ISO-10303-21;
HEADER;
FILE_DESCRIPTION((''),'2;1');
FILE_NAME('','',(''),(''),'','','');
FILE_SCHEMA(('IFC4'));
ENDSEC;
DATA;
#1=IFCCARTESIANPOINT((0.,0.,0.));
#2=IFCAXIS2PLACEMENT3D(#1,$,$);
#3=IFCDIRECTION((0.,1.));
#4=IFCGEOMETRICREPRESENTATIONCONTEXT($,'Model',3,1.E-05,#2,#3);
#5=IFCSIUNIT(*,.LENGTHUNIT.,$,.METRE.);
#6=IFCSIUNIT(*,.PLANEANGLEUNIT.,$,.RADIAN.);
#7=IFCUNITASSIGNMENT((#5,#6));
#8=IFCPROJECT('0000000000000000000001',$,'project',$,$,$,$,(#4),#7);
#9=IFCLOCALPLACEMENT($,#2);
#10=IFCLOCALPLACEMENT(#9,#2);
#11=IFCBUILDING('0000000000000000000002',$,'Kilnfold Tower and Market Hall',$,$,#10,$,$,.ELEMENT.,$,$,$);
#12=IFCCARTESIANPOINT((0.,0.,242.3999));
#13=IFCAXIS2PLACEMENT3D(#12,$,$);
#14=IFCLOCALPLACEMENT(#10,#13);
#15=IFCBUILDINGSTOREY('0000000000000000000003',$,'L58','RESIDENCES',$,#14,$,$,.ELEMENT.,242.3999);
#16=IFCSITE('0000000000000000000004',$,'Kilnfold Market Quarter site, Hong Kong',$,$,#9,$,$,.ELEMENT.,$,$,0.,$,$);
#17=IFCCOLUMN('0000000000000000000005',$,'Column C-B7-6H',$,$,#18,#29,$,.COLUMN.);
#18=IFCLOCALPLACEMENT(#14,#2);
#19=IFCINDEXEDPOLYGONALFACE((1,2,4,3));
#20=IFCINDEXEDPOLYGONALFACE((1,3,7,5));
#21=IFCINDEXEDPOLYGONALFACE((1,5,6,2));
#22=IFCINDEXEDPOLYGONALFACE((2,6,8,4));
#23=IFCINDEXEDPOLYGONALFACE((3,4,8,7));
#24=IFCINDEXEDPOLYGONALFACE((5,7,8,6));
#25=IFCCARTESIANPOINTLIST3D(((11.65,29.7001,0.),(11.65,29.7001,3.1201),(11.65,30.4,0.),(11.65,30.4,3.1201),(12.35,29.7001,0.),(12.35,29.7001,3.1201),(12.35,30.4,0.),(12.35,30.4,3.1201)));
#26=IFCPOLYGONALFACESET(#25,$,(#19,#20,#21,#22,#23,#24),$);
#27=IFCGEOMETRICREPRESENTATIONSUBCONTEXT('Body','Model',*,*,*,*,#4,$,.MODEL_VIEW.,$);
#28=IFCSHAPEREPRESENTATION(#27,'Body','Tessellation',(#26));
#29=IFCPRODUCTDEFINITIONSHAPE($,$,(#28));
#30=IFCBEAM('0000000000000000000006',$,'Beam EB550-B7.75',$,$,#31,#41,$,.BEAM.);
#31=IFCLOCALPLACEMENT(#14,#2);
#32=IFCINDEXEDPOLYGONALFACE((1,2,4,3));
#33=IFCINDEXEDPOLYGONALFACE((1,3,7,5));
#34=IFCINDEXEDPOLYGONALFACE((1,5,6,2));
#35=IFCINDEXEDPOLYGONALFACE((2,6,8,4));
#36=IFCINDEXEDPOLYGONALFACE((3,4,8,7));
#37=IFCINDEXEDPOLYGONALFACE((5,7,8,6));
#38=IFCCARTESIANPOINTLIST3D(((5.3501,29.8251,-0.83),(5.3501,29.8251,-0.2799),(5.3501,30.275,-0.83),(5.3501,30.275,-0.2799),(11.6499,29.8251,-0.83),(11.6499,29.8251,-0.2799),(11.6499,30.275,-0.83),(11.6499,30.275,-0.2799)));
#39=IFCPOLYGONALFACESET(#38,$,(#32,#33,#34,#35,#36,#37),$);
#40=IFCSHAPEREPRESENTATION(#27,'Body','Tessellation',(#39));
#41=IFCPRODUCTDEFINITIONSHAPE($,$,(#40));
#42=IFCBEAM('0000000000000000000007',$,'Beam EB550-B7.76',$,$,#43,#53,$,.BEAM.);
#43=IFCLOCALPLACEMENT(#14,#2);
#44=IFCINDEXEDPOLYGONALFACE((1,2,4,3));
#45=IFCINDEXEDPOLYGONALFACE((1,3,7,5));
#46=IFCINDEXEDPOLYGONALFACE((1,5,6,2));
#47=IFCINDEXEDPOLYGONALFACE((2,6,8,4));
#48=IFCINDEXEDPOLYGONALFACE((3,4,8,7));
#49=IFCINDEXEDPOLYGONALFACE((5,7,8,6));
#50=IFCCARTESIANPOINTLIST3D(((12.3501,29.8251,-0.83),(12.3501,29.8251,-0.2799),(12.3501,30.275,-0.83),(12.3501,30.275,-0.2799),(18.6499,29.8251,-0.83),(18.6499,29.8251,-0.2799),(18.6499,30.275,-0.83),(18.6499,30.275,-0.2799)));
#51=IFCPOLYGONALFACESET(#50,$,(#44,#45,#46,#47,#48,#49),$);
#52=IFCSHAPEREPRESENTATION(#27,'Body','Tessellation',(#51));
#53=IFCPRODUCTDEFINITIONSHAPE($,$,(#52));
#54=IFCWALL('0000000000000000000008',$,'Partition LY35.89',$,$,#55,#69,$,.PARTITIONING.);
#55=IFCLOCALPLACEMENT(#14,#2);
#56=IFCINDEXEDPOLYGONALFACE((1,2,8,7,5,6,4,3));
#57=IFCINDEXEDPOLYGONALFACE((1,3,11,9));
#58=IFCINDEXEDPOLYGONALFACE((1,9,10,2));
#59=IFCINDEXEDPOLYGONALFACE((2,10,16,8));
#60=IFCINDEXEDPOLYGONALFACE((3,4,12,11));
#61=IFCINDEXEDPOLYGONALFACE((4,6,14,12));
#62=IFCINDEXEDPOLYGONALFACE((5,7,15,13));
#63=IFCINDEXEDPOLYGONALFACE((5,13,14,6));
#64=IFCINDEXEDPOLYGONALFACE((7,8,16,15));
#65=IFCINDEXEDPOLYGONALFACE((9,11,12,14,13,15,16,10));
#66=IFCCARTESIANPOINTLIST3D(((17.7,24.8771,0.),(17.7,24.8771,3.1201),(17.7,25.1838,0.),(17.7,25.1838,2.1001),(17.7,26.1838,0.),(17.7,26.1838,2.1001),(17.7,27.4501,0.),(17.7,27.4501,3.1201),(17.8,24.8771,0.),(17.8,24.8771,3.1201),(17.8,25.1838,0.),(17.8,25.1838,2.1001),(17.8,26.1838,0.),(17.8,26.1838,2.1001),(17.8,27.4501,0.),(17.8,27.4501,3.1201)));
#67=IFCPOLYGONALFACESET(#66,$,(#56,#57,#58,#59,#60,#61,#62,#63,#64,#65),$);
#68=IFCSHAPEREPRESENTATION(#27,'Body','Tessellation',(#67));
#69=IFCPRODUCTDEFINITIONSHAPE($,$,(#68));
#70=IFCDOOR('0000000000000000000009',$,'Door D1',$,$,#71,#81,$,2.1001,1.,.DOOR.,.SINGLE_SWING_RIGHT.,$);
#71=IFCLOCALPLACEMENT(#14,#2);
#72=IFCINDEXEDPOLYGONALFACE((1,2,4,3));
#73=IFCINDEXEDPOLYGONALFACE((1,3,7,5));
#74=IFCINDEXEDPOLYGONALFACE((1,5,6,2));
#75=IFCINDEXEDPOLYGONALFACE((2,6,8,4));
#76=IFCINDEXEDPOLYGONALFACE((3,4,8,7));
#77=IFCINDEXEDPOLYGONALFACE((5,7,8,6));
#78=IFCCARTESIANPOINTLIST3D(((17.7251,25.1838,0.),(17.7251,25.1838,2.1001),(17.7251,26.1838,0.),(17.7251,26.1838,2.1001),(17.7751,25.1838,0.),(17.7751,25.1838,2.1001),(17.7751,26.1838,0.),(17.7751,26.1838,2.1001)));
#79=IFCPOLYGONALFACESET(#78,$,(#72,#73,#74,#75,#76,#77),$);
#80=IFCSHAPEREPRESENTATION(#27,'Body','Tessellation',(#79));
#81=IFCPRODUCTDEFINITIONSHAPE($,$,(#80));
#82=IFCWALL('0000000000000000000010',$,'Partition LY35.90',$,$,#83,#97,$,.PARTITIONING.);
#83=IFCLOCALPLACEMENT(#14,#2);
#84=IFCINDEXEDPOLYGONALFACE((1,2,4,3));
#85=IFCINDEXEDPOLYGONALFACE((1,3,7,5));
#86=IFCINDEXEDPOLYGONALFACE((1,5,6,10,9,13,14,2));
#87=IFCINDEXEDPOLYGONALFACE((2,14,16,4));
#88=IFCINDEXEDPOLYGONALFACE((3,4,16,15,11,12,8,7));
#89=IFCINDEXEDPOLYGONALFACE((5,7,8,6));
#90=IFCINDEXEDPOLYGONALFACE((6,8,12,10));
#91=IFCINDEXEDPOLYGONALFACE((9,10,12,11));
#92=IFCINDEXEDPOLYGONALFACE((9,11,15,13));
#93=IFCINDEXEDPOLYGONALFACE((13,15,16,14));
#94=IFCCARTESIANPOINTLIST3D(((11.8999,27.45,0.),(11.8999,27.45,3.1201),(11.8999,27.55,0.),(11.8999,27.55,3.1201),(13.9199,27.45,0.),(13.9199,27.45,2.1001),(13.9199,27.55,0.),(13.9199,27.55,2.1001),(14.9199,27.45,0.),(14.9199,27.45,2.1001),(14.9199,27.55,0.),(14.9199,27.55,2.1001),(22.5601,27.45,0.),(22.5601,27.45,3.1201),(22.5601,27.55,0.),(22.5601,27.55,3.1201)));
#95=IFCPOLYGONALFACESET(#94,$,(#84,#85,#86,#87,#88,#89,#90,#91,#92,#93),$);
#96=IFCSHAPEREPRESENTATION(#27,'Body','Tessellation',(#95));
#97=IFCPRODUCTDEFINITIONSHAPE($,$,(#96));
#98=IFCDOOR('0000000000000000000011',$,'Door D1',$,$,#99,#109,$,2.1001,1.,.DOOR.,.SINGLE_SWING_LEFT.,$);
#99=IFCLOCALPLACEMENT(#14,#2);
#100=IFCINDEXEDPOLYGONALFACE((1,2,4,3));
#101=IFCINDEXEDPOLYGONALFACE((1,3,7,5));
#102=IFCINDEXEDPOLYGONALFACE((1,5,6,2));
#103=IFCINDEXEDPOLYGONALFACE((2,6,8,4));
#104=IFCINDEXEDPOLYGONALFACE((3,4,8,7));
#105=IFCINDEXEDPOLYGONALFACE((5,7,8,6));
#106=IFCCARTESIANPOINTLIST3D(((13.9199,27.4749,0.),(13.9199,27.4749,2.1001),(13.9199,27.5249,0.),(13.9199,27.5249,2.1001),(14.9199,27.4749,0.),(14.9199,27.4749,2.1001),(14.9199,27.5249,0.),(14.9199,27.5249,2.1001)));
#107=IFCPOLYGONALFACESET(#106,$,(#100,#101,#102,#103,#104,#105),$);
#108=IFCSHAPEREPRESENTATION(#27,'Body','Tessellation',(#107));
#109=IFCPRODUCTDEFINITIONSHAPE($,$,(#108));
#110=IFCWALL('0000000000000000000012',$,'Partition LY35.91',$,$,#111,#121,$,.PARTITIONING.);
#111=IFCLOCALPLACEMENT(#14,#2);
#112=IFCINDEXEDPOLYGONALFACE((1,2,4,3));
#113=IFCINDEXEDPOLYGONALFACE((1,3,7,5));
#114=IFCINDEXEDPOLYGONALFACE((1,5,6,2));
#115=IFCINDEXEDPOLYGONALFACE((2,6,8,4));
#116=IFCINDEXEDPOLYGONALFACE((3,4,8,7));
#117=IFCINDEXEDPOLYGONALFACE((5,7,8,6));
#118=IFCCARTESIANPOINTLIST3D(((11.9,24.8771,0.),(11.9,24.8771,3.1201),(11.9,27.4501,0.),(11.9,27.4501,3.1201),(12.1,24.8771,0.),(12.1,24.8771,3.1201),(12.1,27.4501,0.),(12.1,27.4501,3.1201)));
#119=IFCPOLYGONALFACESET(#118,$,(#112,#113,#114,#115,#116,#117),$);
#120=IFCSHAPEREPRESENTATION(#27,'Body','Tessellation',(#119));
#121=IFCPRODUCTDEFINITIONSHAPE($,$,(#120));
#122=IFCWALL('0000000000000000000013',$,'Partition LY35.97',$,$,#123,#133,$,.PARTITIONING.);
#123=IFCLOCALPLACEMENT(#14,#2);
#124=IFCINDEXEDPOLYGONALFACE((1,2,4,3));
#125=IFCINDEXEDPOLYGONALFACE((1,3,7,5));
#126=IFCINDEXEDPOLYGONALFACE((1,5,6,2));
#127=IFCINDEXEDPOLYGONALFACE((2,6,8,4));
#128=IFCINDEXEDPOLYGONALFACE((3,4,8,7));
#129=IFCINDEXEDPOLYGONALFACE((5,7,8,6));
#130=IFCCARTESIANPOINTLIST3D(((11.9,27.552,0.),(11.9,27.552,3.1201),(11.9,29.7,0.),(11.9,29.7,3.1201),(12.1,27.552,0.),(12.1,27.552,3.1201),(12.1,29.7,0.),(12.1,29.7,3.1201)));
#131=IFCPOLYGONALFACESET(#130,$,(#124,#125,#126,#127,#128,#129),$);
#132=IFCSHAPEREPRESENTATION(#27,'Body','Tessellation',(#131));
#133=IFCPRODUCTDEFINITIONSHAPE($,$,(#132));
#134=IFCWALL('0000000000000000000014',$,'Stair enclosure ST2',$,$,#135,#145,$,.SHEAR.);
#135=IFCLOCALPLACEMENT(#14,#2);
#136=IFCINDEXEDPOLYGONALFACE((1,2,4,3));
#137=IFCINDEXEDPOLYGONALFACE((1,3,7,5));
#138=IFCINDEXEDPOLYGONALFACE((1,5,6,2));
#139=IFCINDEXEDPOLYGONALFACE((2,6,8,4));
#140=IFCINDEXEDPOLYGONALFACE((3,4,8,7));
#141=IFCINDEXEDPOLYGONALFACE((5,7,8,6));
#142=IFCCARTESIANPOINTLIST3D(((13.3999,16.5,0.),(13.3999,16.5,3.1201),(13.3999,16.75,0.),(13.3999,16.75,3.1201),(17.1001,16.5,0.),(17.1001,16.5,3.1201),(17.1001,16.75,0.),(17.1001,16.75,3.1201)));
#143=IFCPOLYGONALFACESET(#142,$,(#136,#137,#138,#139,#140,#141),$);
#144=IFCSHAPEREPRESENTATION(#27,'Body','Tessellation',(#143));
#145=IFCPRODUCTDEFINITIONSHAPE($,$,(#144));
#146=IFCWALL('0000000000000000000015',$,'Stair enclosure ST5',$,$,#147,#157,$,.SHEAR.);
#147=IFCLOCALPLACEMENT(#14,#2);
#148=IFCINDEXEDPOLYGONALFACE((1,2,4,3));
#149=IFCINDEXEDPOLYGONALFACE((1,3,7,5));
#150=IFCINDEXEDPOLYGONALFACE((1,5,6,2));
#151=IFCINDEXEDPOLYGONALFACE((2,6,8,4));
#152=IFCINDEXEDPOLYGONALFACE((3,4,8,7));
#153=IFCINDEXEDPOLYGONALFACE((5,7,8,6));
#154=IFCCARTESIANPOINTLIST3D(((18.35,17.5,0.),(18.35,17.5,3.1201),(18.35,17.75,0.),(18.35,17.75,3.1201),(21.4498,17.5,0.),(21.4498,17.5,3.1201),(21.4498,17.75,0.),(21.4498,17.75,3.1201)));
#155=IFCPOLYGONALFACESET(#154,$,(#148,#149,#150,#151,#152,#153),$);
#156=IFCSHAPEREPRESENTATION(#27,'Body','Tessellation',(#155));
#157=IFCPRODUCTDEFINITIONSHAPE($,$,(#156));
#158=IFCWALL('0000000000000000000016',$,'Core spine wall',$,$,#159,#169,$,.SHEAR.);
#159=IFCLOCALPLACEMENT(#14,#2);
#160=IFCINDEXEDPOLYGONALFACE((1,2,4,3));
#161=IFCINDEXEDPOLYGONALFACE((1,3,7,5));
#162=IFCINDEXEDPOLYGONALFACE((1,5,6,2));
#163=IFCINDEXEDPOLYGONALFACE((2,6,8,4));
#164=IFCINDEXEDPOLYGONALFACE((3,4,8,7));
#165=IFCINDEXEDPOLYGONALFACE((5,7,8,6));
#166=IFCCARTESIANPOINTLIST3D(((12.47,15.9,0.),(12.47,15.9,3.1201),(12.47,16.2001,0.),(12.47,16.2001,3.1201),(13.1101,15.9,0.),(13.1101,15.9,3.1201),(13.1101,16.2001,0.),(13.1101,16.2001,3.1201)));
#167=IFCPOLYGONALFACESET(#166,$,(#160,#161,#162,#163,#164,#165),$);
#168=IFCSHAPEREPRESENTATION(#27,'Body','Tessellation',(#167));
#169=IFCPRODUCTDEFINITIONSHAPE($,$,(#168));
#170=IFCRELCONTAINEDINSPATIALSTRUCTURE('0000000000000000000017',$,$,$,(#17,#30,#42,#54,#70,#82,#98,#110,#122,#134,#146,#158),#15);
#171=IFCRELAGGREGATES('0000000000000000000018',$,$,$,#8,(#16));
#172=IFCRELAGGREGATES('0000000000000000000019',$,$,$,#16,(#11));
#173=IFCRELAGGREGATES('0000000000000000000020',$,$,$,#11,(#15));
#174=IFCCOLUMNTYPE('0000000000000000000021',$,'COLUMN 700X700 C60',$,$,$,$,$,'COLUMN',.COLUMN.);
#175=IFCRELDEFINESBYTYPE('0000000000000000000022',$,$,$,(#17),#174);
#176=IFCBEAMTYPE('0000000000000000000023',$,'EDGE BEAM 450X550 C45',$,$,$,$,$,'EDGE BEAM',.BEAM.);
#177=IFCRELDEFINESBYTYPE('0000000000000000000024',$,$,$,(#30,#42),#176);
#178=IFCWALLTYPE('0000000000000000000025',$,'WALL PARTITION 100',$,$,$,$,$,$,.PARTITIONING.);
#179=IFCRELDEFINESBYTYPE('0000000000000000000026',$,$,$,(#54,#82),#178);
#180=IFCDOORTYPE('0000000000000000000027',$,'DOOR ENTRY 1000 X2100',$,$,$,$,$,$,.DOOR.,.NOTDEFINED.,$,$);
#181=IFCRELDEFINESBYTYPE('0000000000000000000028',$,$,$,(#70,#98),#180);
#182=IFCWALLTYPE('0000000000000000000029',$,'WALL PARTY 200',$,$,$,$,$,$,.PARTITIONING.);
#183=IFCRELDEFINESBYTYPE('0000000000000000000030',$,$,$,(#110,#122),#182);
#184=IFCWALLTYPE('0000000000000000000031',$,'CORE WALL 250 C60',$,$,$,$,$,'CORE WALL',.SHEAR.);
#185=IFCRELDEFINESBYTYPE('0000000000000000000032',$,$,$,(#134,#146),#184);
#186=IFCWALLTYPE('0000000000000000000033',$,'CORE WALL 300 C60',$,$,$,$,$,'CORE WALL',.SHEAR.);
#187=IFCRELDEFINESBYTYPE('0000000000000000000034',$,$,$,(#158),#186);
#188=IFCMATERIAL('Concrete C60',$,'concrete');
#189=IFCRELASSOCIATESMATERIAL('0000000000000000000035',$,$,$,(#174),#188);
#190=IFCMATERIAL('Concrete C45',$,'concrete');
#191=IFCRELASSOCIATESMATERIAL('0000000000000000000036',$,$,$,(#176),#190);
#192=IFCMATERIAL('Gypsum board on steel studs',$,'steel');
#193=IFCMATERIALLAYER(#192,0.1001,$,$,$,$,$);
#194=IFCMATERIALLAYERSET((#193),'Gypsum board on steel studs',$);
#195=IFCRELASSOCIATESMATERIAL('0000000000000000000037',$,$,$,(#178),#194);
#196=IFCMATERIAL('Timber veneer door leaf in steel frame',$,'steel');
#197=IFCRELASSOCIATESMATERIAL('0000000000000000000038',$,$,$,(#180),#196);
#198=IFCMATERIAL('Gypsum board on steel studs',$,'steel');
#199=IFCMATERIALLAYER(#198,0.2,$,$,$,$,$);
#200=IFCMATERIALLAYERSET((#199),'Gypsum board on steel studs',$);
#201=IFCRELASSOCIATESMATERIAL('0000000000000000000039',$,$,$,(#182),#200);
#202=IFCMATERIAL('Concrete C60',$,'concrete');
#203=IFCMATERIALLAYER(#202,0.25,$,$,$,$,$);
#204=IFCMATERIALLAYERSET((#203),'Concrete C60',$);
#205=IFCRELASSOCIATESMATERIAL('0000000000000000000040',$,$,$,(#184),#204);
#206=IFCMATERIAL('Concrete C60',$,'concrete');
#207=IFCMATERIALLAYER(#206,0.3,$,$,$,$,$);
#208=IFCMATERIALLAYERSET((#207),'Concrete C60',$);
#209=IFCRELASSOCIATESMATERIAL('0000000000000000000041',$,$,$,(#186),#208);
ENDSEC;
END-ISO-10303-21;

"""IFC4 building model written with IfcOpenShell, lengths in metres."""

from ifc_helpers import new_model, si_unit, direction, frame, frame_2d, origin, origin_2d, place, context, subcontext, project, spatial, rectangle, extrude, source, transform, mapped, material, layer, layer_set, material_profile, profile_set, type_object, element, fill, save


model = new_model("IFC4")

# Units and contexts
model_context = context("Model", 3, precision=1e-05, world=origin(), true_north=direction((0.0, 1.0)))
body_context = subcontext(model_context, "Body", "Model", "MODEL_VIEW")
ifc_project = project(units=[si_unit("LENGTHUNIT", "METRE"), si_unit("PLANEANGLEUNIT", "RADIAN")], contexts=[model_context])

# Site, building, storey
site_placement = place(None, origin())
site = spatial("IfcSite", under=ifc_project, at=site_placement, Name="Kilnfold Market Quarter site, Hong Kong", CompositionType="ELEMENT", RefElevation=0.0)
building_placement = place(site_placement, origin())
building = spatial("IfcBuilding", under=site, at=building_placement, Name="Kilnfold Tower and Market Hall", CompositionType="ELEMENT")
storey_placement = place(building_placement, frame((0.0, 0.0, 242.3999)))
storey = spatial("IfcBuildingStorey", under=building, at=storey_placement, Name="L58", Description="RESIDENCES", CompositionType="ELEMENT", Elevation=242.3999)

# Column
ifc_material_1 = material(Name="Concrete C60", Category="concrete")
ifc_material_profile_1 = material_profile(ifc_material_1, rectangle(XDim=0.7, YDim=0.7, at=origin_2d()), Name="RC 700x700")
ifc_profile_set_1 = profile_set([ifc_material_profile_1], Name="Concrete C60")
column_type = type_object("IfcColumnType", Name="COLUMN 700X700 C60", ElementType="COLUMN", PredefinedType="COLUMN", material=ifc_profile_set_1)
shared_shape_1 = source(origin(), body_context, "Body", "SweptSolid", [
    extrude(rectangle(XDim=0.7, YDim=0.7, at=origin_2d()), origin(), (0.0, 0.0, 1.0), 3.1201),
])
column_placement = place(storey_placement, frame((12.0, 30.05, 0.0), z_axis=(0.0, 0.0, 1.0), x_axis=(1.0, 0.0, 0.0)))
element("IfcColumn", 1, at=column_placement, inside=storey, type_object=column_type, Name="Column C-B7-6H", PredefinedType="COLUMN", context=body_context, shape_type="MappedRepresentation", body=[
    mapped(shared_shape_1, transform((0.0, 0.0, 0.0))),
])

# Beams
ifc_material_2 = material(Name="Concrete C45", Category="concrete")
ifc_material_profile_2 = material_profile(ifc_material_2, rectangle(XDim=0.45, YDim=0.55, at=origin_2d()), Name="RC 450x550")
ifc_profile_set_2 = profile_set([ifc_material_profile_2], Name="Concrete C45")
beam_type = type_object("IfcBeamType", Name="EDGE BEAM 450X550 C45", ElementType="EDGE BEAM", PredefinedType="BEAM", material=ifc_profile_set_2)
shared_shape_2 = source(origin(), body_context, "Body", "SweptSolid", [
    extrude(rectangle(XDim=0.45, YDim=0.55, at=origin_2d()), origin(), (0.0, 0.0, 1.0), 6.2998),
])
for number, where, z_axis, x_axis, name in (
    (2, (5.3501, 30.05, -0.5549), (1.0, 0.0, 0.0), (0.0, 1.0, 0.0), "Beam EB550-B7.75"),
    (3, (12.3501, 30.05, -0.5549), (1.0, 0.0, 0.0), (0.0, 1.0, 0.0), "Beam EB550-B7.76"),
):
    element("IfcBeam", number, at=place(storey_placement, frame(where, z_axis=z_axis, x_axis=x_axis)), inside=storey, type_object=beam_type, Name=name, PredefinedType="BEAM", context=body_context, shape_type="MappedRepresentation", body=[
        mapped(shared_shape_2, transform((0.0, 0.0, 0.0))),
    ])

# Walls, openings, doors
ifc_material_3 = material(Name="Gypsum board on steel studs", Category="steel")
ifc_layer_1 = layer(ifc_material_3, 0.1001)
ifc_layer_set_1 = layer_set([ifc_layer_1], Name="Gypsum board on steel studs")
wall_type_1 = type_object("IfcWallType", Name="WALL PARTITION 100", PredefinedType="PARTITIONING", material=ifc_layer_set_1)
wall_1_placement = place(storey_placement, frame((17.75, 24.877, 0.0), z_axis=(0.0, 0.0, 1.0), x_axis=(0.0, 1.0, 0.0)))
wall_1 = element("IfcWall", 4, at=wall_1_placement, inside=storey, type_object=wall_type_1, Name="Partition LY35.89", PredefinedType="PARTITIONING", context=body_context, shape_type="SweptSolid", body=[
    extrude(rectangle(XDim=2.573, YDim=0.1001, at=frame_2d((1.2866, 0.0))), origin(), (0.0, 0.0, 1.0), 3.1201),
])
opening_1_placement = place(wall_1_placement, frame((0.3069, 0.0, 0.0)))
opening_1 = element("IfcOpeningElement", 5, at=opening_1_placement, cuts=wall_1, PredefinedType="OPENING", context=body_context, shape_type="SweptSolid", body=[
    extrude(rectangle(XDim=1.0, YDim=2.1001, at=frame_2d((0.5, 1.05))), frame((0.0, 0.0601, 0.0), z_axis=(0.0, -1.0, 0.0), x_axis=(1.0, 0.0, 0.0)), (0.0, 0.0, 1.0), 0.1201),
])
ifc_material_4 = material(Name="Timber veneer door leaf in steel frame", Category="steel")
door_type_1 = type_object("IfcDoorType", Name="DOOR ENTRY 1000 X2100", OperationType="NOTDEFINED", PredefinedType="DOOR", material=ifc_material_4)
door_1_placement = place(opening_1_placement, origin())
door_1 = element("IfcDoor", 6, at=door_1_placement, inside=storey, type_object=door_type_1, Name="Door D1", OperationType="SINGLE_SWING_RIGHT", OverallHeight=2.1001, OverallWidth=1.0, PredefinedType="DOOR", context=body_context, shape_type="SweptSolid", body=[
    extrude(rectangle(XDim=1.0, YDim=2.1001, at=frame_2d((0.5, 1.05))), frame((0.0, 0.0249, 0.0), z_axis=(0.0, -1.0, 0.0), x_axis=(1.0, 0.0, 0.0)), (0.0, 0.0, 1.0), 0.05),
])
fill(opening_1, door_1)
wall_2_placement = place(storey_placement, frame((11.8999, 27.5, 0.0), z_axis=(0.0, 0.0, 1.0), x_axis=(1.0, 0.0, 0.0)))
wall_2 = element("IfcWall", 7, at=wall_2_placement, inside=storey, type_object=wall_type_1, Name="Partition LY35.90", PredefinedType="PARTITIONING", context=body_context, shape_type="SweptSolid", body=[
    extrude(rectangle(XDim=10.6602, YDim=0.1001, at=frame_2d((5.3301, 0.0))), origin(), (0.0, 0.0, 1.0), 3.1201),
])
opening_2_placement = place(wall_2_placement, frame((2.02, 0.0, 0.0)))
opening_2 = element("IfcOpeningElement", 8, at=opening_2_placement, cuts=wall_2, PredefinedType="OPENING", context=body_context, shape_type="SweptSolid", body=[
    extrude(rectangle(XDim=1.0, YDim=2.1001, at=frame_2d((0.5, 1.05))), frame((0.0, 0.0601, 0.0), z_axis=(0.0, -1.0, 0.0), x_axis=(1.0, 0.0, 0.0)), (0.0, 0.0, 1.0), 0.1201),
])
door_2_placement = place(opening_2_placement, origin())
door_2 = element("IfcDoor", 9, at=door_2_placement, inside=storey, type_object=door_type_1, Name="Door D1", OperationType="SINGLE_SWING_LEFT", OverallHeight=2.1001, OverallWidth=1.0, PredefinedType="DOOR", context=body_context, shape_type="SweptSolid", body=[
    extrude(rectangle(XDim=1.0, YDim=2.1001, at=frame_2d((0.5, 1.05))), frame((0.0, 0.0249, 0.0), z_axis=(0.0, -1.0, 0.0), x_axis=(1.0, 0.0, 0.0)), (0.0, 0.0, 1.0), 0.05),
])
fill(opening_2, door_2)

# Walls
ifc_material_5 = material(Name="Gypsum board on steel studs", Category="steel")
ifc_layer_2 = layer(ifc_material_5, 0.2)
ifc_layer_set_2 = layer_set([ifc_layer_2], Name="Gypsum board on steel studs")
wall_type_2 = type_object("IfcWallType", Name="WALL PARTY 200", PredefinedType="PARTITIONING", material=ifc_layer_set_2)
wall_3_placement = place(storey_placement, frame((12.0, 24.877, 0.0), z_axis=(0.0, 0.0, 1.0), x_axis=(0.0, 1.0, 0.0)))
element("IfcWall", 10, at=wall_3_placement, inside=storey, type_object=wall_type_2, Name="Partition LY35.91", PredefinedType="PARTITIONING", context=body_context, shape_type="SweptSolid", body=[
    extrude(rectangle(XDim=2.573, YDim=0.2, at=frame_2d((1.2866, 0.0))), origin(), (0.0, 0.0, 1.0), 3.1201),
])
wall_4_placement = place(storey_placement, frame((12.0, 27.552, 0.0), z_axis=(0.0, 0.0, 1.0), x_axis=(0.0, 1.0, 0.0)))
element("IfcWall", 11, at=wall_4_placement, inside=storey, type_object=wall_type_2, Name="Partition LY35.97", PredefinedType="PARTITIONING", context=body_context, shape_type="SweptSolid", body=[
    extrude(rectangle(XDim=2.1479, YDim=0.2, at=frame_2d((1.074, 0.0))), origin(), (0.0, 0.0, 1.0), 3.1201),
])
ifc_material_6 = material(Name="Concrete C60", Category="concrete")
ifc_layer_3 = layer(ifc_material_6, 0.25)
ifc_layer_set_3 = layer_set([ifc_layer_3], Name="Concrete C60")
wall_type_3 = type_object("IfcWallType", Name="CORE WALL 250 C60", ElementType="CORE WALL", PredefinedType="SHEAR", material=ifc_layer_set_3)
shared_shape_3 = source(origin(), body_context, "Body", "SweptSolid", [
    extrude(rectangle(XDim=3.7002, YDim=0.25, at=frame_2d((1.8501, 0.0))), origin(), (0.0, 0.0, 1.0), 3.1201),
])
wall_5_placement = place(storey_placement, frame((13.3999, 16.625, 0.0), z_axis=(0.0, 0.0, 1.0), x_axis=(1.0, 0.0, 0.0)))
element("IfcWall", 12, at=wall_5_placement, inside=storey, type_object=wall_type_3, Name="Stair enclosure ST2", PredefinedType="SHEAR", context=body_context, shape_type="MappedRepresentation", body=[
    mapped(shared_shape_3, transform((0.0, 0.0, 0.0))),
])
shared_shape_4 = source(origin(), body_context, "Body", "SweptSolid", [
    extrude(rectangle(XDim=3.0999, YDim=0.25, at=frame_2d((1.5498, 0.0))), origin(), (0.0, 0.0, 1.0), 3.1201),
])
wall_6_placement = place(storey_placement, frame((18.3501, 17.625, 0.0), z_axis=(0.0, 0.0, 1.0), x_axis=(1.0, 0.0, 0.0)))
element("IfcWall", 13, at=wall_6_placement, inside=storey, type_object=wall_type_3, Name="Stair enclosure ST5", PredefinedType="SHEAR", context=body_context, shape_type="MappedRepresentation", body=[
    mapped(shared_shape_4, transform((0.0, 0.0, 0.0))),
])
ifc_material_7 = material(Name="Concrete C60", Category="concrete")
ifc_layer_4 = layer(ifc_material_7, 0.3)
ifc_layer_set_4 = layer_set([ifc_layer_4], Name="Concrete C60")
wall_type_4 = type_object("IfcWallType", Name="CORE WALL 300 C60", ElementType="CORE WALL", PredefinedType="SHEAR", material=ifc_layer_set_4)
shared_shape_5 = source(origin(), body_context, "Body", "SweptSolid", [
    extrude(rectangle(XDim=0.6401, YDim=0.3, at=frame_2d((0.3201, 0.0))), origin(), (0.0, 0.0, 1.0), 3.1201),
])
wall_7_placement = place(storey_placement, frame((12.47, 16.05, 0.0), z_axis=(0.0, 0.0, 1.0), x_axis=(1.0, 0.0, 0.0)))
element("IfcWall", 14, at=wall_7_placement, inside=storey, type_object=wall_type_4, Name="Core spine wall", PredefinedType="SHEAR", context=body_context, shape_type="MappedRepresentation", body=[
    mapped(shared_shape_5, transform((0.0, 0.0, 0.0))),
])

save(model, "model.ifc")
